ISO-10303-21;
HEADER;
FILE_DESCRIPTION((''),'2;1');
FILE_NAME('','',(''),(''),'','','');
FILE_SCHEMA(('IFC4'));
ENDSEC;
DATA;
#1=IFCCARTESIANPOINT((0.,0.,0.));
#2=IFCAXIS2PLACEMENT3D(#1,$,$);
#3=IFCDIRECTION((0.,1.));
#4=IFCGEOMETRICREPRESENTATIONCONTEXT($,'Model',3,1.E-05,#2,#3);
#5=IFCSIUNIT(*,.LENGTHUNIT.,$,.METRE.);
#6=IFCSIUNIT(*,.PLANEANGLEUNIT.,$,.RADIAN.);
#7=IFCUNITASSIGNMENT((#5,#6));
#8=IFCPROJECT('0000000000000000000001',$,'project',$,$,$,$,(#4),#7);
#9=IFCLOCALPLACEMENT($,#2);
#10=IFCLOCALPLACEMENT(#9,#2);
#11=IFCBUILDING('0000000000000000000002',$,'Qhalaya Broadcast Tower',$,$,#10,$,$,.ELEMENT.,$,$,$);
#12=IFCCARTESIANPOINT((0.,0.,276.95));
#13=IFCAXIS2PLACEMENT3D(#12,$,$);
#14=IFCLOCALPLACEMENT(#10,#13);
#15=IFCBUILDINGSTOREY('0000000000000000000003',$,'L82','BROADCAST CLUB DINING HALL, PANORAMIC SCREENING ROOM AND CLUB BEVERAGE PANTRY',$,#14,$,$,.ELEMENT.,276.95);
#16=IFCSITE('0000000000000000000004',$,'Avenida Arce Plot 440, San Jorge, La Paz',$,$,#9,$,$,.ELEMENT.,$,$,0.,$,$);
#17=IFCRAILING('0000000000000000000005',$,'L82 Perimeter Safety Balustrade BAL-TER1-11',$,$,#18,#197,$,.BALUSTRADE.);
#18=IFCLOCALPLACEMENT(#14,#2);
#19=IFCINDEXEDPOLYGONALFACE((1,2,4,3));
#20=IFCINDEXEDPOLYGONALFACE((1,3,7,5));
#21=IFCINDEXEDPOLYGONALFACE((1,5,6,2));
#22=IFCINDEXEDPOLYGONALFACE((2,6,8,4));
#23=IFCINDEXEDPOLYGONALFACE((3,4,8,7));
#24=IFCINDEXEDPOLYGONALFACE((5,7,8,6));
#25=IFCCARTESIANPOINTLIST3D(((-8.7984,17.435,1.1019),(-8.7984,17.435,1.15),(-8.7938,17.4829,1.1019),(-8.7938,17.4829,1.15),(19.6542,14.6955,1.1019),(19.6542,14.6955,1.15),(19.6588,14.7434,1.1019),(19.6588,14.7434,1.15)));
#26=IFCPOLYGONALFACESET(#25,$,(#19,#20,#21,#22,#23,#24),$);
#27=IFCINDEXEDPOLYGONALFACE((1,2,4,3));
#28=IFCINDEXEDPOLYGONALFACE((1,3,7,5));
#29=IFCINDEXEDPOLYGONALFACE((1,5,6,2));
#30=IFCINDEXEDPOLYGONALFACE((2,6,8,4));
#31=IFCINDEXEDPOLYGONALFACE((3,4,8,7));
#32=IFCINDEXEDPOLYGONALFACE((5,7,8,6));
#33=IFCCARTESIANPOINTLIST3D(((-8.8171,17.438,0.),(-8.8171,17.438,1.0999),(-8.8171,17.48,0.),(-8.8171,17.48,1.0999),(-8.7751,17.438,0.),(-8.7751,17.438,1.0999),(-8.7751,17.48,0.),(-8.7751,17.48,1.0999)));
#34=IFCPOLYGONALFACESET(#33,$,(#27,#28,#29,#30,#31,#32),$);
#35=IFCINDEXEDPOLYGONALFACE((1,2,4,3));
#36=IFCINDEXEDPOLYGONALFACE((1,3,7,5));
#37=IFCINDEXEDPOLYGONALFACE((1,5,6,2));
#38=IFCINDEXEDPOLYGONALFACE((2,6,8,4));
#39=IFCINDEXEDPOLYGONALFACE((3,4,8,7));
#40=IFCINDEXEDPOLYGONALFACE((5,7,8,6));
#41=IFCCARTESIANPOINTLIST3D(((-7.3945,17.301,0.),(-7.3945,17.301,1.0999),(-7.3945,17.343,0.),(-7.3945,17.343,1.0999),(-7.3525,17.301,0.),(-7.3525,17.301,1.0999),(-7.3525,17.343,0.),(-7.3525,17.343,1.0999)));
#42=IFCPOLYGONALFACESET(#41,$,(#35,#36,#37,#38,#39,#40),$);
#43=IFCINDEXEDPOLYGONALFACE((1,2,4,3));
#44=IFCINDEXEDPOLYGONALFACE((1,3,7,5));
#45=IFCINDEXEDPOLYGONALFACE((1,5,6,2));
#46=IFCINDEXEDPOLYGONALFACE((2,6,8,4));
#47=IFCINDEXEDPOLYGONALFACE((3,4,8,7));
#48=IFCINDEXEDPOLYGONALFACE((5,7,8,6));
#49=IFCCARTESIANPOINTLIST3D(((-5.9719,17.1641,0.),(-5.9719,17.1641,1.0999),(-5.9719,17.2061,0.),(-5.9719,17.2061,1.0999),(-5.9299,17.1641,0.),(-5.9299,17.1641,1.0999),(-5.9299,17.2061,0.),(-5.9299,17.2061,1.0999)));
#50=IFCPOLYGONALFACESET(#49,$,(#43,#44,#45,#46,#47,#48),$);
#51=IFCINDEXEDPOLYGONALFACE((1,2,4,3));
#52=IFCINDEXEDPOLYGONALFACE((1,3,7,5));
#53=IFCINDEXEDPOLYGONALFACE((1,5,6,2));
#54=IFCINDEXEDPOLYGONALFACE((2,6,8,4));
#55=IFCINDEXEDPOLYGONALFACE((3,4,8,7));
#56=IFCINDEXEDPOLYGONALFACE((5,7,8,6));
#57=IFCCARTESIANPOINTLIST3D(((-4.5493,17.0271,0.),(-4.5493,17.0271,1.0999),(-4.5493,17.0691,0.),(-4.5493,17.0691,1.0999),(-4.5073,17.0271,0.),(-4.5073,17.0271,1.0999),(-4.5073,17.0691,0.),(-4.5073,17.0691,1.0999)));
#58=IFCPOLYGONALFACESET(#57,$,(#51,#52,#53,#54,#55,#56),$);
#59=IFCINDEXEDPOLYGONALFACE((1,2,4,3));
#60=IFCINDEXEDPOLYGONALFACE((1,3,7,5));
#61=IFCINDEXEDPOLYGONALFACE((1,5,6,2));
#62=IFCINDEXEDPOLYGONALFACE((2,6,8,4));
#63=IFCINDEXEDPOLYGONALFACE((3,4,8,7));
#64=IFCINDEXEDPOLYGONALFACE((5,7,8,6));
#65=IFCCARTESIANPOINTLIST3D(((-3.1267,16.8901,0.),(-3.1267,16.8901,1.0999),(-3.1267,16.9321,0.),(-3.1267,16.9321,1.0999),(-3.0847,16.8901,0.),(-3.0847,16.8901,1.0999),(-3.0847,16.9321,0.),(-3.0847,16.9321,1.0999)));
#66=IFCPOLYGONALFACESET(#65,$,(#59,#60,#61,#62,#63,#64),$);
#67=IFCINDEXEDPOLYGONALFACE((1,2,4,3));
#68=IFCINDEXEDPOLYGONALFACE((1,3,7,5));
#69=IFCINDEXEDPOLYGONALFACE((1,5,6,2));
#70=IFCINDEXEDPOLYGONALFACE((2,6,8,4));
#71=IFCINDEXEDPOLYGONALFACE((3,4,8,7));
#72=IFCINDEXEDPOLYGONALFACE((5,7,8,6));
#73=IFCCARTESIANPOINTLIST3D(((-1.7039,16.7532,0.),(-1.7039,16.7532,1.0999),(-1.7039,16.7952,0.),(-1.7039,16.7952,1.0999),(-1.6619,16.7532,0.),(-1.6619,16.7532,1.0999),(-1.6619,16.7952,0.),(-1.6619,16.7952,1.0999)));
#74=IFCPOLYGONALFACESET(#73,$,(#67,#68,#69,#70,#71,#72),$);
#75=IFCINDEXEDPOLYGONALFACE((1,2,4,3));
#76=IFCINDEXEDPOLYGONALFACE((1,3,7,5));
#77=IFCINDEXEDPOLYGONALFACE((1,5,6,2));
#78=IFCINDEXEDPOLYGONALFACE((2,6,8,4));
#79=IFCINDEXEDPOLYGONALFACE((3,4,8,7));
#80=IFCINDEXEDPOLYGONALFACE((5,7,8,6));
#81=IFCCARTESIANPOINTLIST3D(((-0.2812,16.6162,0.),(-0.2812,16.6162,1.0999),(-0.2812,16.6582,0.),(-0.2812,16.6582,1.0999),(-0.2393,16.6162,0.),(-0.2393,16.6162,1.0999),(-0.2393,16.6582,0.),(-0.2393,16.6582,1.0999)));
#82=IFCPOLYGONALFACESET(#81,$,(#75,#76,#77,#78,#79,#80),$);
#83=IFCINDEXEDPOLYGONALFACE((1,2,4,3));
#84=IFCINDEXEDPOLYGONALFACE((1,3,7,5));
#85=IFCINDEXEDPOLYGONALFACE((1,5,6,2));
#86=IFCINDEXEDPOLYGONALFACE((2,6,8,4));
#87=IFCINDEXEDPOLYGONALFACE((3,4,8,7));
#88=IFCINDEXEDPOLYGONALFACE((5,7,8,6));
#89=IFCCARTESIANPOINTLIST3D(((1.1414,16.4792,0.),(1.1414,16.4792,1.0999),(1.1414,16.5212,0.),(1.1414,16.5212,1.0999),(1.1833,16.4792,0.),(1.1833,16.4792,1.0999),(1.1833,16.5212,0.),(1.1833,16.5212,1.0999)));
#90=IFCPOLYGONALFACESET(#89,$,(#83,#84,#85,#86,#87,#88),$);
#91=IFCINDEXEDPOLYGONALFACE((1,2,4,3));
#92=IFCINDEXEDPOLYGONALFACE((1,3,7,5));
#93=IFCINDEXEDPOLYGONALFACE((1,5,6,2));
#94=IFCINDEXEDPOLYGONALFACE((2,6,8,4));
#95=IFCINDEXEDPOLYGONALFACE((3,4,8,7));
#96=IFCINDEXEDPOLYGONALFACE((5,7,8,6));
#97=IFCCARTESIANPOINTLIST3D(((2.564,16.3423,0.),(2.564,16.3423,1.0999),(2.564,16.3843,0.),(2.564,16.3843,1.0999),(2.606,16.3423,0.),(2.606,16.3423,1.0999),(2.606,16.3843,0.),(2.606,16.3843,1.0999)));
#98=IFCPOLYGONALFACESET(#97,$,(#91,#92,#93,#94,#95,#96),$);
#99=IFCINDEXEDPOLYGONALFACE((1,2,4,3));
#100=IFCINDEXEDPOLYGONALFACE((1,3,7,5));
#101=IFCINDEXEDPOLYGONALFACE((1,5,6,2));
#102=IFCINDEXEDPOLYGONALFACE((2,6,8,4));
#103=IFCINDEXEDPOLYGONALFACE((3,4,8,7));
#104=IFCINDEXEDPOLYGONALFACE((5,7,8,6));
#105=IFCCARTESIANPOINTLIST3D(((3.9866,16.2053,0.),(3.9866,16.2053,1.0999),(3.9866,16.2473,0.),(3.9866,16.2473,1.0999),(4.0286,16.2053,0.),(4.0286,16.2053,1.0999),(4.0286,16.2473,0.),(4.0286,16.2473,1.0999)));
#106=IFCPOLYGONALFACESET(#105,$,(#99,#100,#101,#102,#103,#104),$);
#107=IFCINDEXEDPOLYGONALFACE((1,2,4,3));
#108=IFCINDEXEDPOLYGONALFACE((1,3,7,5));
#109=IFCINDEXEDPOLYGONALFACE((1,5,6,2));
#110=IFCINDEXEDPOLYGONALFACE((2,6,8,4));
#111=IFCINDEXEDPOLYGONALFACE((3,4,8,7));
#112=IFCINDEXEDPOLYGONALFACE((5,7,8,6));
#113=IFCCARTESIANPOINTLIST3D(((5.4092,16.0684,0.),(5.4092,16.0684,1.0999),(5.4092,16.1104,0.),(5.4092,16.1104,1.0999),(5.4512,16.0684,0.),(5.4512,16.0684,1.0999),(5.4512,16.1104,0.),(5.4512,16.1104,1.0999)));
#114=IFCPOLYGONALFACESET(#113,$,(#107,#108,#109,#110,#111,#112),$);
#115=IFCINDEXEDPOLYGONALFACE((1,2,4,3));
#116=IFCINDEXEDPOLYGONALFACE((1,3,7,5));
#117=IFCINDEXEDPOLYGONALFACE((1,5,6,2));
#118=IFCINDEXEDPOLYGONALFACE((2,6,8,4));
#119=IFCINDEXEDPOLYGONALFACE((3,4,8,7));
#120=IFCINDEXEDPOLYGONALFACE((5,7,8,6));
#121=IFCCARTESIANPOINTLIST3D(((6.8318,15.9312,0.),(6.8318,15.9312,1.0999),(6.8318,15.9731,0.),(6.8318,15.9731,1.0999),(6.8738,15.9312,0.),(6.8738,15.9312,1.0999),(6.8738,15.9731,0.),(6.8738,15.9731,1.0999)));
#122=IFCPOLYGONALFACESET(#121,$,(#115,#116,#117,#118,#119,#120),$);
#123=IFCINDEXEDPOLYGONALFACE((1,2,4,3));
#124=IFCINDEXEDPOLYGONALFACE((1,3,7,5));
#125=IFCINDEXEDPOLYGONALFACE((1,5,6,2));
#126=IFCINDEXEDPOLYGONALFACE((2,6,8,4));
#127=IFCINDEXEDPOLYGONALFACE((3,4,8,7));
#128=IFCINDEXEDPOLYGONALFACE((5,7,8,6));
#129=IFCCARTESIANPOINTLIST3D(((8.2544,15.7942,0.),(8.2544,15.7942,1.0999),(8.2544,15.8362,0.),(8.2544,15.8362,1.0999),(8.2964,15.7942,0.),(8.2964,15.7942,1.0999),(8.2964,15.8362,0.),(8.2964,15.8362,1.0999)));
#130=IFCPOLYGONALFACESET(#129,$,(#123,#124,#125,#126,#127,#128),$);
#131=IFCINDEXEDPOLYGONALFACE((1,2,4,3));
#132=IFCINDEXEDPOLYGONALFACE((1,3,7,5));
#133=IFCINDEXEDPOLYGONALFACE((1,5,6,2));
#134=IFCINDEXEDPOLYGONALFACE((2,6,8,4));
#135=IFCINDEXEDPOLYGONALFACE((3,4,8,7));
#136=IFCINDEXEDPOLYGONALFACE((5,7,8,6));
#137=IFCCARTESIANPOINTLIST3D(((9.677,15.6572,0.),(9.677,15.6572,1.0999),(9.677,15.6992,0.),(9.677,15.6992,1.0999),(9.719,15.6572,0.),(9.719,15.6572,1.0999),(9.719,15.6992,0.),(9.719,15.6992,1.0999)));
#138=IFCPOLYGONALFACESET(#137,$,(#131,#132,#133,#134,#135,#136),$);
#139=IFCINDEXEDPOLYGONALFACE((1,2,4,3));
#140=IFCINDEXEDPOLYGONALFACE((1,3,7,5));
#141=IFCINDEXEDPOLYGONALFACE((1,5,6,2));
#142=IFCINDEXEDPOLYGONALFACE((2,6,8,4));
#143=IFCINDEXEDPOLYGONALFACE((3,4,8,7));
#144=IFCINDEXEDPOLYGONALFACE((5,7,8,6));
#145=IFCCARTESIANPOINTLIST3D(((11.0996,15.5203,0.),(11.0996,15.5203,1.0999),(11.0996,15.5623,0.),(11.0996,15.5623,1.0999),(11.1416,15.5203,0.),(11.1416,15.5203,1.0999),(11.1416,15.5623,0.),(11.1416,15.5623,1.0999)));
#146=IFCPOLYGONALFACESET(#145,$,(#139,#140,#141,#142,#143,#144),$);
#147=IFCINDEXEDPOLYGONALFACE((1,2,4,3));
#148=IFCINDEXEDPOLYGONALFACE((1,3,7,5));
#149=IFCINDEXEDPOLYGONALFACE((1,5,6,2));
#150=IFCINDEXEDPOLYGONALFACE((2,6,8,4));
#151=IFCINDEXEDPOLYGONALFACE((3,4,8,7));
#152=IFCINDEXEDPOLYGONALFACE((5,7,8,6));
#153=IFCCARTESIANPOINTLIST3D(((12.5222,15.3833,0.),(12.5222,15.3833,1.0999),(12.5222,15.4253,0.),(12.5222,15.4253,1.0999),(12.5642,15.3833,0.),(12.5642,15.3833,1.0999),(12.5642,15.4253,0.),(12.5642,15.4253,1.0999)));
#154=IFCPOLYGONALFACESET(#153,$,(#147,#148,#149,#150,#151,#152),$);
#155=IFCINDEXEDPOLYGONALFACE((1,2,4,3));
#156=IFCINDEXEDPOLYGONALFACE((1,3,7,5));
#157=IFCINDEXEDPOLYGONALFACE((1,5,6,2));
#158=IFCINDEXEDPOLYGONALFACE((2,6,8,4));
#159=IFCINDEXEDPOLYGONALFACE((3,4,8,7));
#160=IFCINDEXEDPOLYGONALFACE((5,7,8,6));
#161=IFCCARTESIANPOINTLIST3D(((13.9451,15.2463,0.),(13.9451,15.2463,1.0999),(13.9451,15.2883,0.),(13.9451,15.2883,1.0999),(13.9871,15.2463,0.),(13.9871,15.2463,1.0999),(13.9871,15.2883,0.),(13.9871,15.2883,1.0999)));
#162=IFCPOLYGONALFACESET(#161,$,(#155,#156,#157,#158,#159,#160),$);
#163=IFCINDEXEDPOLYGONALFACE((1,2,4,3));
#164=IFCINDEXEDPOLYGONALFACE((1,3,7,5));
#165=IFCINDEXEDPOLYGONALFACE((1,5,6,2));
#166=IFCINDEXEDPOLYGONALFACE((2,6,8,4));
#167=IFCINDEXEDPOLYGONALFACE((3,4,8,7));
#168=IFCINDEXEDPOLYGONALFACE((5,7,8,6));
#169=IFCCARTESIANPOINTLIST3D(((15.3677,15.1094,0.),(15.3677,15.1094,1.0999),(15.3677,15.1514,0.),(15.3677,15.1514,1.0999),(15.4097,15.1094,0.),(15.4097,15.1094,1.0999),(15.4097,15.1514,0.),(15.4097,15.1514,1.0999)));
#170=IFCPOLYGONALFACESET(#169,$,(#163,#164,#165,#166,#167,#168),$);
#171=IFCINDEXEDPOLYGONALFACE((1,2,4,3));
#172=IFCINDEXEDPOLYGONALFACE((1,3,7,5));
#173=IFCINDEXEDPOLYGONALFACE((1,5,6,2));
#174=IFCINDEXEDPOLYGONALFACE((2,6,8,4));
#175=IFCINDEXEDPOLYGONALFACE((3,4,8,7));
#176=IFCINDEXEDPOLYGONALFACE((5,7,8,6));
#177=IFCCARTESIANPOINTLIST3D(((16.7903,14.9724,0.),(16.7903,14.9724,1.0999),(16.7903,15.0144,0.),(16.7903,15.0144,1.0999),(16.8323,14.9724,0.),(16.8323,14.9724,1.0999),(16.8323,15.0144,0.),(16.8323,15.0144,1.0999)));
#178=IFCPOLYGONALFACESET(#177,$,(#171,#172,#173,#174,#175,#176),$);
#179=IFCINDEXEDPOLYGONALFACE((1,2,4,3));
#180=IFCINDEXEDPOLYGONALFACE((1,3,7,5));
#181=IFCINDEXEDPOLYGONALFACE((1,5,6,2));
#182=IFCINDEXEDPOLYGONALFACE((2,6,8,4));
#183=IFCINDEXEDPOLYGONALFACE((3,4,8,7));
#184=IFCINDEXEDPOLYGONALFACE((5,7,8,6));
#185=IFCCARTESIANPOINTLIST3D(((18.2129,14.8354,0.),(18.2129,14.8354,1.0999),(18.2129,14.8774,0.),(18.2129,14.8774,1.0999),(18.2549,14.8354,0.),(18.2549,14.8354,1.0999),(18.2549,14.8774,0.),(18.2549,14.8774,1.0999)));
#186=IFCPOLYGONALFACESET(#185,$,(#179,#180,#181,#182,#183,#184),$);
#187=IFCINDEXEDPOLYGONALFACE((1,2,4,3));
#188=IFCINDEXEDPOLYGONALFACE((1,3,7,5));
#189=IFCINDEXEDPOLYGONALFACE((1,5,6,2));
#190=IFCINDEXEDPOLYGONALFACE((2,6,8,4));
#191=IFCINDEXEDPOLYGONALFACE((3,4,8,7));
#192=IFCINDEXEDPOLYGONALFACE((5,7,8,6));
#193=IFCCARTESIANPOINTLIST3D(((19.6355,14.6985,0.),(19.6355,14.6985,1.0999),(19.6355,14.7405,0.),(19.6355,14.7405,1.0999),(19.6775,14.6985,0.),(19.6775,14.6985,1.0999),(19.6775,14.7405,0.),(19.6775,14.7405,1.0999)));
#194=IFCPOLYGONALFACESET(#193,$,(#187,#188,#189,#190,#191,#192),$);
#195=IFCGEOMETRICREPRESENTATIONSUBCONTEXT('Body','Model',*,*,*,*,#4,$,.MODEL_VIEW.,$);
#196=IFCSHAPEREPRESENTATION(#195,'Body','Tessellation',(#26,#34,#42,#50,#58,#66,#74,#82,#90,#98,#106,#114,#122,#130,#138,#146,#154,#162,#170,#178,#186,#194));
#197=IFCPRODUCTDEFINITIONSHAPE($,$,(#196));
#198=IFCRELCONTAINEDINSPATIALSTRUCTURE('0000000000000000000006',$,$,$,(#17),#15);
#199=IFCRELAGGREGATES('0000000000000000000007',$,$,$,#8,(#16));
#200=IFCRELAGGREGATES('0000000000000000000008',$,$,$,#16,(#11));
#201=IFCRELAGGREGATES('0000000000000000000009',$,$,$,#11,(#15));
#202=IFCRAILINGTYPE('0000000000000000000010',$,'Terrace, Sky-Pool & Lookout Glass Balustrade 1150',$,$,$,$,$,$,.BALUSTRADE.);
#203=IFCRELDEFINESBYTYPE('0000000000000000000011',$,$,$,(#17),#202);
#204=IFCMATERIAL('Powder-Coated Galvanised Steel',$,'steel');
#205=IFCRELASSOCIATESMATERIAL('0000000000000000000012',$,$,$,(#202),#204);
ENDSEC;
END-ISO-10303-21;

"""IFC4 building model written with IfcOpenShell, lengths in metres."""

from ifc_helpers import new_model, si_unit, direction, frame, origin, origin_2d, place, context, subcontext, project, spatial, rectangle, extrude, material, type_object, element, save


model = new_model("IFC4")

# Units and contexts
model_context = context("Model", 3, precision=1e-05, world=origin(), true_north=direction((0.0, 1.0)))
body_context = subcontext(model_context, "Body", "Model", "MODEL_VIEW")
ifc_project = project(units=[si_unit("LENGTHUNIT", "METRE"), si_unit("PLANEANGLEUNIT", "RADIAN")], contexts=[model_context])

# Site, building, storey
site_placement = place(None, origin())
site = spatial("IfcSite", under=ifc_project, at=site_placement, Name="Avenida Arce Plot 440, San Jorge, La Paz", CompositionType="ELEMENT", RefElevation=0.0)
building_placement = place(site_placement, origin())
building = spatial("IfcBuilding", under=site, at=building_placement, Name="Qhalaya Broadcast Tower", CompositionType="ELEMENT")
storey_placement = place(building_placement, frame((0.0, 0.0, 276.95)))
storey = spatial("IfcBuildingStorey", under=building, at=storey_placement, Name="L82", Description="BROADCAST CLUB DINING HALL, PANORAMIC SCREENING ROOM AND CLUB BEVERAGE PANTRY", CompositionType="ELEMENT", Elevation=276.95)

# Railing
ifc_material_1 = material(Name="Powder-Coated Galvanised Steel", Category="steel")
railing_type_1 = type_object("IfcRailingType", Name="Terrace, Sky-Pool & Lookout Glass Balustrade 1150", PredefinedType="BALUSTRADE", material=ifc_material_1)
railing_1_placement = place(storey_placement, frame((-8.7961, 17.459, 0.0)))
element("IfcRailing", 1, at=railing_1_placement, inside=storey, type_object=railing_type_1, Name="L82 Perimeter Safety Balustrade BAL-TER1-11", PredefinedType="BALUSTRADE", context=body_context, shape_type="SweptSolid", body=[
    extrude(rectangle(XDim=0.0481, YDim=0.0481, at=origin_2d()), frame((0.0, 0.0, 1.126), z_axis=(0.995397, -0.09584, 0.0), x_axis=(0.09584, 0.995397, 0.0)), (0.0, 0.0, 1.0), 28.5842),
    extrude(rectangle(XDim=0.042, YDim=0.042, at=origin_2d()), origin(), (0.0, 0.0, 1.0), 1.0999),
    extrude(rectangle(XDim=0.042, YDim=0.042, at=origin_2d()), frame((1.4226, -0.137, 0.0)), (0.0, 0.0, 1.0), 1.0999),
    extrude(rectangle(XDim=0.042, YDim=0.042, at=origin_2d()), frame((2.8452, -0.2739, 0.0)), (0.0, 0.0, 1.0), 1.0999),
    extrude(rectangle(XDim=0.042, YDim=0.042, at=origin_2d()), frame((4.2678, -0.4109, 0.0)), (0.0, 0.0, 1.0), 1.0999),
    extrude(rectangle(XDim=0.042, YDim=0.042, at=origin_2d()), frame((5.6904, -0.5479, 0.0)), (0.0, 0.0, 1.0), 1.0999),
    extrude(rectangle(XDim=0.042, YDim=0.042, at=origin_2d()), frame((7.1133, -0.6848, 0.0)), (0.0, 0.0, 1.0), 1.0999),
    extrude(rectangle(XDim=0.042, YDim=0.042, at=origin_2d()), frame((8.5359, -0.8218, 0.0)), (0.0, 0.0, 1.0), 1.0999),
    extrude(rectangle(XDim=0.042, YDim=0.042, at=origin_2d()), frame((9.9585, -0.9587, 0.0)), (0.0, 0.0, 1.0), 1.0999),
    extrude(rectangle(XDim=0.042, YDim=0.042, at=origin_2d()), frame((11.3811, -1.0957, 0.0)), (0.0, 0.0, 1.0), 1.0999),
    extrude(rectangle(XDim=0.042, YDim=0.042, at=origin_2d()), frame((12.8037, -1.2327, 0.0)), (0.0, 0.0, 1.0), 1.0999),
    extrude(rectangle(XDim=0.042, YDim=0.042, at=origin_2d()), frame((14.2263, -1.3696, 0.0)), (0.0, 0.0, 1.0), 1.0999),
    extrude(rectangle(XDim=0.042, YDim=0.042, at=origin_2d()), frame((15.6489, -1.5068, 0.0)), (0.0, 0.0, 1.0), 1.0999),
    extrude(rectangle(XDim=0.042, YDim=0.042, at=origin_2d()), frame((17.0715, -1.6438, 0.0)), (0.0, 0.0, 1.0), 1.0999),
    extrude(rectangle(XDim=0.042, YDim=0.042, at=origin_2d()), frame((18.4941, -1.7808, 0.0)), (0.0, 0.0, 1.0), 1.0999),
    extrude(rectangle(XDim=0.042, YDim=0.042, at=origin_2d()), frame((19.9167, -1.9177, 0.0)), (0.0, 0.0, 1.0), 1.0999),
    extrude(rectangle(XDim=0.042, YDim=0.042, at=origin_2d()), frame((21.3394, -2.0547, 0.0)), (0.0, 0.0, 1.0), 1.0999),
    extrude(rectangle(XDim=0.042, YDim=0.042, at=origin_2d()), frame((22.7622, -2.1917, 0.0)), (0.0, 0.0, 1.0), 1.0999),
    extrude(rectangle(XDim=0.042, YDim=0.042, at=origin_2d()), frame((24.1848, -2.3286, 0.0)), (0.0, 0.0, 1.0), 1.0999),
    extrude(rectangle(XDim=0.042, YDim=0.042, at=origin_2d()), frame((25.6074, -2.4656, 0.0)), (0.0, 0.0, 1.0), 1.0999),
    extrude(rectangle(XDim=0.042, YDim=0.042, at=origin_2d()), frame((27.03, -2.6025, 0.0)), (0.0, 0.0, 1.0), 1.0999),
    extrude(rectangle(XDim=0.042, YDim=0.042, at=origin_2d()), frame((28.4526, -2.7395, 0.0)), (0.0, 0.0, 1.0), 1.0999),
])

save(model, "model.ifc")
